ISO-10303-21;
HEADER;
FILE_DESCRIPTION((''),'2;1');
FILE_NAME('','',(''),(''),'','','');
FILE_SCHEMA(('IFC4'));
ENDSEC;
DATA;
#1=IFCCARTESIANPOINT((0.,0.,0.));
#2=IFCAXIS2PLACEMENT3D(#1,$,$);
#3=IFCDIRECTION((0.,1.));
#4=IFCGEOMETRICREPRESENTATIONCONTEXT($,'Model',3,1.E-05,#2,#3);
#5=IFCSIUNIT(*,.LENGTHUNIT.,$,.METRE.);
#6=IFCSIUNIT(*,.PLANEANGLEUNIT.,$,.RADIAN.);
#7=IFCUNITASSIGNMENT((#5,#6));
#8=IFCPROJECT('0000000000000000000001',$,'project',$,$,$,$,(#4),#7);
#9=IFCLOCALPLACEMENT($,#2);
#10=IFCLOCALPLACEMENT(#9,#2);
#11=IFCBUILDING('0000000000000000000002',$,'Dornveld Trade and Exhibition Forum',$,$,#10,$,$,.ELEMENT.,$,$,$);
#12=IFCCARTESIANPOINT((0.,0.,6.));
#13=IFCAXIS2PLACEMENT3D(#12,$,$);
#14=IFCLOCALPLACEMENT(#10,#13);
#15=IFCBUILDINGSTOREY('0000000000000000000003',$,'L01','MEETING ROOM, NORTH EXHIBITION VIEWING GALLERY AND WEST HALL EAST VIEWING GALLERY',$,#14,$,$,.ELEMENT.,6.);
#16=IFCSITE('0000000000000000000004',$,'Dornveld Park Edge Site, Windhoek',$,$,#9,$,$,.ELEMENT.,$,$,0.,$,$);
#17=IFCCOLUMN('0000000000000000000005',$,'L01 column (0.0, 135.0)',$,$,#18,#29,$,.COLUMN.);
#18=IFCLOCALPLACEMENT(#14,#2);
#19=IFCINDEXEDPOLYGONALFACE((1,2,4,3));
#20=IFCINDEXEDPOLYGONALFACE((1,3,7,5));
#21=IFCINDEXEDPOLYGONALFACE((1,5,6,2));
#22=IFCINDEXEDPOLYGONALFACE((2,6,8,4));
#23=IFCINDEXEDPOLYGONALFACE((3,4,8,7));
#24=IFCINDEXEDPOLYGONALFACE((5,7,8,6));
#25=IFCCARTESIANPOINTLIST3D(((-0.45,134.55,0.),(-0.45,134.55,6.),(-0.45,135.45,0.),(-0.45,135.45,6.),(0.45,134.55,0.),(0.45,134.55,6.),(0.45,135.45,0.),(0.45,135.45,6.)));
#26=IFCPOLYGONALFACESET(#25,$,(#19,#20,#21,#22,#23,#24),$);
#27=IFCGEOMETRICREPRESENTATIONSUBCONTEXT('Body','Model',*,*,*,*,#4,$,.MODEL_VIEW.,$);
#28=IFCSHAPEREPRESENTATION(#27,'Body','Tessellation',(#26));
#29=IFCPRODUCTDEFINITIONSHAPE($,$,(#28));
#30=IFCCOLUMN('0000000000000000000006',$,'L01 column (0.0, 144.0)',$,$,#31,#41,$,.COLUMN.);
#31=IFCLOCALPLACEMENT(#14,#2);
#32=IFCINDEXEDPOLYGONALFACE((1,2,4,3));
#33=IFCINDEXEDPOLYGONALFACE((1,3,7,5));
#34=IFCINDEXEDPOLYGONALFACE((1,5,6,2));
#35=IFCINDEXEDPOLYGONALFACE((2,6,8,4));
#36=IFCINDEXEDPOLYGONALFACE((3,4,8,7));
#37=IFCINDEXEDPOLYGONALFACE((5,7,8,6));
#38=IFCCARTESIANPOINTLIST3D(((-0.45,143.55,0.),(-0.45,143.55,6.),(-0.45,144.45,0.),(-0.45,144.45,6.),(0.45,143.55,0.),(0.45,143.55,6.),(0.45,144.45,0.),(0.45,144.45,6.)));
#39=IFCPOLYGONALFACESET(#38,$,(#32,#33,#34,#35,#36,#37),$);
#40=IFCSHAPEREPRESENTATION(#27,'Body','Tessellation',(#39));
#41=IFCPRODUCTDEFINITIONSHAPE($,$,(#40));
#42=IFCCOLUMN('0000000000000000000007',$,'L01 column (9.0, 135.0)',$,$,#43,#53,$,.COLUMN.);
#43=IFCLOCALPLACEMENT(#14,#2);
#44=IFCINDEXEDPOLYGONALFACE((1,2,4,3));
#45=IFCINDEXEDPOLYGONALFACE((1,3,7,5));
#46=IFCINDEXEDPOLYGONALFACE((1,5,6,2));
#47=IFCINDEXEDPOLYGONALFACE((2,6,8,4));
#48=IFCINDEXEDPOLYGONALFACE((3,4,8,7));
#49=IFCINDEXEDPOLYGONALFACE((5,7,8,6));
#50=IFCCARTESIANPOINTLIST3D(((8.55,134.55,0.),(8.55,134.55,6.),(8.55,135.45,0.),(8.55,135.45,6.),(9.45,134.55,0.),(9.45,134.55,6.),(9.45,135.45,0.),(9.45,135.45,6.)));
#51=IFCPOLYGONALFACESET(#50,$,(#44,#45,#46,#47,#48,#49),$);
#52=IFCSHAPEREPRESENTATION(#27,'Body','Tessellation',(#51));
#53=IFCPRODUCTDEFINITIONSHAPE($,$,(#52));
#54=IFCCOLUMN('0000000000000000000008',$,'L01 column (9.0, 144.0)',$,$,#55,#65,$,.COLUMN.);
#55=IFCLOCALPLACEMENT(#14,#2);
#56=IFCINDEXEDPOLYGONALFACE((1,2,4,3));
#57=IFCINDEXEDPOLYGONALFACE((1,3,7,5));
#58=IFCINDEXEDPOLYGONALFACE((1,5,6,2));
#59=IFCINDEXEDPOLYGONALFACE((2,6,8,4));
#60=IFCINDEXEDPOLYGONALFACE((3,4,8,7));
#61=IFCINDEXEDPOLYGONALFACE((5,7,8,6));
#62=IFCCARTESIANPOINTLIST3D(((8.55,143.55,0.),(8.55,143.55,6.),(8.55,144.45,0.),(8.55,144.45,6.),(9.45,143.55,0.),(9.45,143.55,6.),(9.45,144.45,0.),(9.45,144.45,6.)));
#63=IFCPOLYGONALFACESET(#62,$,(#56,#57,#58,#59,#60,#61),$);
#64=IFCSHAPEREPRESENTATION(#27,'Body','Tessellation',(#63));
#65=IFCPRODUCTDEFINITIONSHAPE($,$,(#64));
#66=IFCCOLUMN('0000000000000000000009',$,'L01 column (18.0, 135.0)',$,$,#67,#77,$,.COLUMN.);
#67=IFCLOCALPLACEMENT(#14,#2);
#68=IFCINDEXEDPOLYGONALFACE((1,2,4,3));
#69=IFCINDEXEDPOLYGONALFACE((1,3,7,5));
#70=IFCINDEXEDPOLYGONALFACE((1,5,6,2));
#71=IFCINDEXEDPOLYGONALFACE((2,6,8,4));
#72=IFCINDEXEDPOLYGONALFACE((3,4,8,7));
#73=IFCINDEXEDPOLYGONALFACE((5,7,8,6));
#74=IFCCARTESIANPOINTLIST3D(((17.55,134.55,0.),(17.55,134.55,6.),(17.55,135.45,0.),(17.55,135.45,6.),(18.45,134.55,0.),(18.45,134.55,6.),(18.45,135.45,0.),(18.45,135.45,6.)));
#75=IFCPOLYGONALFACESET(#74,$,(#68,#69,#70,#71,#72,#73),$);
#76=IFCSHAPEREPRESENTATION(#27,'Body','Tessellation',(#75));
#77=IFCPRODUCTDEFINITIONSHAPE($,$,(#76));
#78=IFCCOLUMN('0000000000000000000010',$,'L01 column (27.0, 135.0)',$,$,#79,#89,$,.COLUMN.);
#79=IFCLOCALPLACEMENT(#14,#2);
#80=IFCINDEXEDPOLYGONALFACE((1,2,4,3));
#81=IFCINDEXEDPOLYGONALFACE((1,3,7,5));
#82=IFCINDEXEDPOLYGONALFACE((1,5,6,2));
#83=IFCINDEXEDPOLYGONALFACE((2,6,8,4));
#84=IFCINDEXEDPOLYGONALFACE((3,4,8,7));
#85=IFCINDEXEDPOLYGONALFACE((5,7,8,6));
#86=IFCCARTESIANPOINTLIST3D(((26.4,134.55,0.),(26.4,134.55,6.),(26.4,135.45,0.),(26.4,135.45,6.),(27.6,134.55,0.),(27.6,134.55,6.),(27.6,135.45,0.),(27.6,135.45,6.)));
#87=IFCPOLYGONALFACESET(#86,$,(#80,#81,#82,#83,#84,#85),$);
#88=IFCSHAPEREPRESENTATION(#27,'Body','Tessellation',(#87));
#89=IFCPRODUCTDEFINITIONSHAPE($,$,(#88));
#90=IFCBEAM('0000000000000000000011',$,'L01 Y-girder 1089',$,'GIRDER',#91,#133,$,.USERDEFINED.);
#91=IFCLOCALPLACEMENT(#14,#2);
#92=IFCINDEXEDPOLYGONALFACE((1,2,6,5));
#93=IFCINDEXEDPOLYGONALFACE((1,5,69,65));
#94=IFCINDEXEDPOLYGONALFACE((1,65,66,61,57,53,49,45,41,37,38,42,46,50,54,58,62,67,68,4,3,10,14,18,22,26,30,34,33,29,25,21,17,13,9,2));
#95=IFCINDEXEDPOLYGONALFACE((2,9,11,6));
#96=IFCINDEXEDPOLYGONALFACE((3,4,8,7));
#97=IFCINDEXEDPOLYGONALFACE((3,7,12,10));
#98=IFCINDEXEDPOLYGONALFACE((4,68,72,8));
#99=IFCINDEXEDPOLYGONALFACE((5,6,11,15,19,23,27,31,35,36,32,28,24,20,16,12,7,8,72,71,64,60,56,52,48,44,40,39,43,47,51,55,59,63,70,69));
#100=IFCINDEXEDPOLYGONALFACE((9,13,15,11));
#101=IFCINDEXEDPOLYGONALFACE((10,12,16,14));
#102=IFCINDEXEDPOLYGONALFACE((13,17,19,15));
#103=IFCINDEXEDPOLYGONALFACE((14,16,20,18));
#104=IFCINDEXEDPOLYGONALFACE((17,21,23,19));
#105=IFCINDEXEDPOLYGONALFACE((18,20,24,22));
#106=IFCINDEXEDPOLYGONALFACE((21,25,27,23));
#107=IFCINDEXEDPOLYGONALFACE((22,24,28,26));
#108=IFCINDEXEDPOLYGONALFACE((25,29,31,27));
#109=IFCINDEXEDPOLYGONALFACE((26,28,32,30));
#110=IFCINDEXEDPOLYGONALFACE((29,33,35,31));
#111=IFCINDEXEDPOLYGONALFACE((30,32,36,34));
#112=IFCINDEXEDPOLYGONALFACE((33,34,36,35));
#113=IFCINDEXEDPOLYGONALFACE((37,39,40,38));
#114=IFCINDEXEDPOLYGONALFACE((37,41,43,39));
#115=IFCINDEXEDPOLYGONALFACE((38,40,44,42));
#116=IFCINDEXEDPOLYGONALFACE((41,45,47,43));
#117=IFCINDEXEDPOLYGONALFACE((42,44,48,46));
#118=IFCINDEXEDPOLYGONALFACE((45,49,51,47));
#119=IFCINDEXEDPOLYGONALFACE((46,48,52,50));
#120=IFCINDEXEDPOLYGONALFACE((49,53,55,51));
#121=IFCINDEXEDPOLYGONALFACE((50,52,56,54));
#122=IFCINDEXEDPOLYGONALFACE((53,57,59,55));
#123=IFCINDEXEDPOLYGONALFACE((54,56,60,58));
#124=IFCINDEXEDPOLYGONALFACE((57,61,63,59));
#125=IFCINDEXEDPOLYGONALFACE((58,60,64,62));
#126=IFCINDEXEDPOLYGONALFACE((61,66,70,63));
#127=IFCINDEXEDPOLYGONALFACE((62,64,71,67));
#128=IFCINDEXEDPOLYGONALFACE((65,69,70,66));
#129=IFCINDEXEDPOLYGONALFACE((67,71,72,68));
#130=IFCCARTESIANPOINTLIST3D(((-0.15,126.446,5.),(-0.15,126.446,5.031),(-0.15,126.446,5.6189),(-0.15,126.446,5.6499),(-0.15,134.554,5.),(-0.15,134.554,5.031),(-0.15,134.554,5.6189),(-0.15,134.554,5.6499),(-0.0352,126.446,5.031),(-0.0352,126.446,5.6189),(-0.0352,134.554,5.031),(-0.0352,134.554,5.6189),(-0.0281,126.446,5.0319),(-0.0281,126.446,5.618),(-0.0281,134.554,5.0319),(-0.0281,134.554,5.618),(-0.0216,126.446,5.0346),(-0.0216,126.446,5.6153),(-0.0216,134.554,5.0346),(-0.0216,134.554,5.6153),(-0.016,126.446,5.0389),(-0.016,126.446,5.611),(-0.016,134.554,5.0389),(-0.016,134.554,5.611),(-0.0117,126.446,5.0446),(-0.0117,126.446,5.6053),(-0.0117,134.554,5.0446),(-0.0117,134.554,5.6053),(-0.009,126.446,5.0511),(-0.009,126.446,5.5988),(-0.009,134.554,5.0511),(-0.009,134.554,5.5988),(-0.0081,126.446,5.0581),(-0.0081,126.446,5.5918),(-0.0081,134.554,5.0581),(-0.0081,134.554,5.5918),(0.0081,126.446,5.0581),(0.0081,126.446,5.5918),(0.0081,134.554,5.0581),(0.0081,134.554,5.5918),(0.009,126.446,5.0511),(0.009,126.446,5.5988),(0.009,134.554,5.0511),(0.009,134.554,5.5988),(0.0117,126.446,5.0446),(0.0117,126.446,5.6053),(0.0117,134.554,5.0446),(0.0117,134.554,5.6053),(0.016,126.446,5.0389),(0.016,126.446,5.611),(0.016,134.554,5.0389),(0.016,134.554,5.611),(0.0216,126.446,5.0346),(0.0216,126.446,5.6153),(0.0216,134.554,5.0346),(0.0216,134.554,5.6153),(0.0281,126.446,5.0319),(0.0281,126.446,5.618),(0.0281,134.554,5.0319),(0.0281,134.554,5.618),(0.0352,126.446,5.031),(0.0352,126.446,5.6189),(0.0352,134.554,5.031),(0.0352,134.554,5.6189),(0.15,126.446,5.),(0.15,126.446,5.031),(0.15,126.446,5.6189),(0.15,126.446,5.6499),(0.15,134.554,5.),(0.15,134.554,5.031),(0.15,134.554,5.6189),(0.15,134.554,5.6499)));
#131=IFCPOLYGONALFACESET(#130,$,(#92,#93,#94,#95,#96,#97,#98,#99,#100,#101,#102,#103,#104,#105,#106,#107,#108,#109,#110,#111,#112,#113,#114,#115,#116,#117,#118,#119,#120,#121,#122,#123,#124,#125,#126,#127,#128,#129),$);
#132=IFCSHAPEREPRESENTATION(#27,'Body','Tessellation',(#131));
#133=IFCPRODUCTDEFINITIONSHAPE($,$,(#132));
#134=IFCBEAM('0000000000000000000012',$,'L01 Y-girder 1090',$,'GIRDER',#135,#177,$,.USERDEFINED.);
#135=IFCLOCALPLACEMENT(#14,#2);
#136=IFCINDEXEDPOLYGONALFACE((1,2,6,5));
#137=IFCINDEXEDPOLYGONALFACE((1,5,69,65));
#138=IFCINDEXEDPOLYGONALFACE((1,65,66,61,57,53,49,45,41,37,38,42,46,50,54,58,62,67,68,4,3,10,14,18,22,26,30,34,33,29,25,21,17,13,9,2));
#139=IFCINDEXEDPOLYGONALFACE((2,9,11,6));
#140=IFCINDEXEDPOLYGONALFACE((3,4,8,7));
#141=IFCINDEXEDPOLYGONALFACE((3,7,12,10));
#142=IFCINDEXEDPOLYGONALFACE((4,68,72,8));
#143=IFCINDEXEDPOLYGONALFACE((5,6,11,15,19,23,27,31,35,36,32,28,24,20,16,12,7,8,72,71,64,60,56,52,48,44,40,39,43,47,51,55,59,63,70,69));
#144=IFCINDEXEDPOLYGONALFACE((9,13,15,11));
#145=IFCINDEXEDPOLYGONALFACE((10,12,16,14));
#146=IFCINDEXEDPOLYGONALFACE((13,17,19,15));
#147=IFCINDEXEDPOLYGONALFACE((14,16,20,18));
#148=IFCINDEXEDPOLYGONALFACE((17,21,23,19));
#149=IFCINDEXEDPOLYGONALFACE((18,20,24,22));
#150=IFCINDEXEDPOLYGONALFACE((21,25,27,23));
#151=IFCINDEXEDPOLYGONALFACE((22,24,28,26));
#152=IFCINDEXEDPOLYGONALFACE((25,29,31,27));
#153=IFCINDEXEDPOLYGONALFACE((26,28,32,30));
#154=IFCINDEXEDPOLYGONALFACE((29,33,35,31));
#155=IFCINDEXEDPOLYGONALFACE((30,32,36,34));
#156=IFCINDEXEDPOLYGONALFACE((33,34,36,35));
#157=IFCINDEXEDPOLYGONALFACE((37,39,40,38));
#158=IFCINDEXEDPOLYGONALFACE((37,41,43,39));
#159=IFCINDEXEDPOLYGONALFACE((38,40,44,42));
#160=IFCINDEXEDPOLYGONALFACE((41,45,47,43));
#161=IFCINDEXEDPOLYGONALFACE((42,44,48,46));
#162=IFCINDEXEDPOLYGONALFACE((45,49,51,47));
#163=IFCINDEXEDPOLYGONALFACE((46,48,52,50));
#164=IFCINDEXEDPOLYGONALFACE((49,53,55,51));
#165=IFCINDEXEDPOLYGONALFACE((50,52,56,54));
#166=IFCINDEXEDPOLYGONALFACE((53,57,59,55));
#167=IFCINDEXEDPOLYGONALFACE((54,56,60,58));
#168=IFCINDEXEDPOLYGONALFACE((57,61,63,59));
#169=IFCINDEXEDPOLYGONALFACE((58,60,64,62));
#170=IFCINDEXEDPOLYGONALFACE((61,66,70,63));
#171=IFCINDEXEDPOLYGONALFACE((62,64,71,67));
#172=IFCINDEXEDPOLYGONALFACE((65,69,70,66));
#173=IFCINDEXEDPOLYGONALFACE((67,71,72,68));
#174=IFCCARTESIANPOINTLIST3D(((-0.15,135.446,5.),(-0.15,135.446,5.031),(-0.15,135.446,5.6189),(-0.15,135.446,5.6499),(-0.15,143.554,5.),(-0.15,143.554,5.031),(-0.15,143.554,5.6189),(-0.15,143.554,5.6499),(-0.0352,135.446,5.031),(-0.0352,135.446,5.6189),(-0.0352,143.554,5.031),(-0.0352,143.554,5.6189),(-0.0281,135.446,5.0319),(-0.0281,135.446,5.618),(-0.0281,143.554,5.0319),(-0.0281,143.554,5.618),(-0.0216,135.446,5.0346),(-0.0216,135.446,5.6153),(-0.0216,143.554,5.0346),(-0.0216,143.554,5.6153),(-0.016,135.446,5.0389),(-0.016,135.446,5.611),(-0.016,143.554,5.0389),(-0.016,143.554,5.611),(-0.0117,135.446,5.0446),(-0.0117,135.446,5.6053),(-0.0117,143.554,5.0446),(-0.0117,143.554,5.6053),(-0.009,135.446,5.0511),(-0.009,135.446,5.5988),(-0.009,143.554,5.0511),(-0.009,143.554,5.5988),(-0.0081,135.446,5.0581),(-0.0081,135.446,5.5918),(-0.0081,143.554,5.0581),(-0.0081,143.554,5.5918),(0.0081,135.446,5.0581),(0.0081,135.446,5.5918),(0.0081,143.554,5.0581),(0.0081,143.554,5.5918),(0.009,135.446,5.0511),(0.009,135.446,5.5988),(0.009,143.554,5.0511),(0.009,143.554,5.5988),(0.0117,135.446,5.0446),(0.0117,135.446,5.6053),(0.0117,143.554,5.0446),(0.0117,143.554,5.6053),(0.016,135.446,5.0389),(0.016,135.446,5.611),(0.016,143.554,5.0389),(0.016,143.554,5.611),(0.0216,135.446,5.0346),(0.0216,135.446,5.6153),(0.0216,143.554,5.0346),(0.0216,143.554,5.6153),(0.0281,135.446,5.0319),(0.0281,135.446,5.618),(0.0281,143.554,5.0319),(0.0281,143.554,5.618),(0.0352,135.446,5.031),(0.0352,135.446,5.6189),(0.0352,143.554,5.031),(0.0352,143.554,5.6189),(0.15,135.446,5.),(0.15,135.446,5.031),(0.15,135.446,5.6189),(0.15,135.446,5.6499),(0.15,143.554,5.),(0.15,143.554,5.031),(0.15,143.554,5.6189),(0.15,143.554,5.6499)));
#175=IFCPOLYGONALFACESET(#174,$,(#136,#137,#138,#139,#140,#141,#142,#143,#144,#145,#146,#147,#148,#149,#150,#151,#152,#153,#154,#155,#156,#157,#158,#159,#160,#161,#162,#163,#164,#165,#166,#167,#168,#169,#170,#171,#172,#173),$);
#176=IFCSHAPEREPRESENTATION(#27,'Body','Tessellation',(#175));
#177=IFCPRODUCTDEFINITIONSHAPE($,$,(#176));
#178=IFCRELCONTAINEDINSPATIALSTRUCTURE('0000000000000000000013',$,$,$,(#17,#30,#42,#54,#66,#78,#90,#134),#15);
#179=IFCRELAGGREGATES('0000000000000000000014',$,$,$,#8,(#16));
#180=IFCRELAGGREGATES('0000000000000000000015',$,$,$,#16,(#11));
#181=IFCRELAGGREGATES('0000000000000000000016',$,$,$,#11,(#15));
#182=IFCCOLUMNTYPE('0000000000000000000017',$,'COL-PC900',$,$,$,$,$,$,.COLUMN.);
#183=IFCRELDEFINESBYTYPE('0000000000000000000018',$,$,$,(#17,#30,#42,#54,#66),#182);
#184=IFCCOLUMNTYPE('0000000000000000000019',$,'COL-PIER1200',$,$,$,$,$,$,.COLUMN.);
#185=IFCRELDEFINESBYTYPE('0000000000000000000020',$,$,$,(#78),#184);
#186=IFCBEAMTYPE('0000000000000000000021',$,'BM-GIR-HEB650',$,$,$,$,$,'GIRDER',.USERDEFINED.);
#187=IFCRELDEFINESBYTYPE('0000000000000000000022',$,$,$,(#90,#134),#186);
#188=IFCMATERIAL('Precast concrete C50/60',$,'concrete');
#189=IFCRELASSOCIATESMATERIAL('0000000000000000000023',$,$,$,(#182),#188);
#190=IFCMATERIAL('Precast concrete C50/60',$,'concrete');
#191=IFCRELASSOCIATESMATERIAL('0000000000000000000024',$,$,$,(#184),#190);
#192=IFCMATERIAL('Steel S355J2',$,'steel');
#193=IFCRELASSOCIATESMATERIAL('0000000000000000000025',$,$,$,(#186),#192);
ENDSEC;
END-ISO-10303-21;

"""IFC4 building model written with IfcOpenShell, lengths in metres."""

from ifc_helpers import new_model, si_unit, direction, frame, origin, origin_2d, place, context, subcontext, project, spatial, rectangle, i_section, extrude, material, material_profile, profile_set, type_object, element, save


model = new_model("IFC4")

# Units and contexts
model_context = context("Model", 3, precision=1e-05, world=origin(), true_north=direction((0.0, 1.0)))
body_context = subcontext(model_context, "Body", "Model", "MODEL_VIEW")
ifc_project = project(units=[si_unit("LENGTHUNIT", "METRE"), si_unit("PLANEANGLEUNIT", "RADIAN")], contexts=[model_context])

# Site, building, storey
site_placement = place(None, origin())
site = spatial("IfcSite", under=ifc_project, at=site_placement, Name="Dornveld Park Edge Site, Windhoek", CompositionType="ELEMENT", RefElevation=0.0)
building_placement = place(site_placement, origin())
building = spatial("IfcBuilding", under=site, at=building_placement, Name="Dornveld Trade and Exhibition Forum", CompositionType="ELEMENT")
storey_placement = place(building_placement, frame((0.0, 0.0, 6.0)))
storey = spatial("IfcBuildingStorey", under=building, at=storey_placement, Name="L01", Description="MEETING ROOM, NORTH EXHIBITION VIEWING GALLERY AND WEST HALL EAST VIEWING GALLERY", CompositionType="ELEMENT", Elevation=6.0)

# Columns
ifc_material_1 = material(Name="Precast concrete C50/60", Category="concrete")
ifc_material_profile_1 = material_profile(ifc_material_1, rectangle(XDim=0.8999, YDim=0.8999, at=origin_2d()), Name="PC-COL 900x900")
ifc_profile_set_1 = profile_set([ifc_material_profile_1], Name="Precast concrete C50/60")
column_type_1 = type_object("IfcColumnType", Name="COL-PC900", PredefinedType="COLUMN", material=ifc_profile_set_1)
for number, where, z_axis, x_axis, name in (
    (1, (0.0, 135.0, 0.0), (0.0, 0.0, 1.0), (1.0, 0.0, 0.0), "L01 column (0.0, 135.0)"),
    (2, (0.0, 144.0, 0.0), (0.0, 0.0, 1.0), (1.0, 0.0, 0.0), "L01 column (0.0, 144.0)"),
    (3, (9.0, 135.0, 0.0), (0.0, 0.0, 1.0), (1.0, 0.0, 0.0), "L01 column (9.0, 135.0)"),
    (4, (9.0, 144.0, 0.0), (0.0, 0.0, 1.0), (1.0, 0.0, 0.0), "L01 column (9.0, 144.0)"),
    (5, (18.0, 135.0, 0.0), (0.0, 0.0, 1.0), (1.0, 0.0, 0.0), "L01 column (18.0, 135.0)"),
):
    element("IfcColumn", number, at=place(storey_placement, frame(where, z_axis=z_axis, x_axis=x_axis)), inside=storey, type_object=column_type_1, Name=name, PredefinedType="COLUMN", context=body_context, shape_type="SweptSolid", body=[
        extrude(rectangle(XDim=0.8999, YDim=0.8999, at=origin_2d()), origin(), (0.0, 0.0, 1.0), 6.0),
    ])
ifc_material_2 = material(Name="Precast concrete C50/60", Category="concrete")
ifc_material_profile_2 = material_profile(ifc_material_2, rectangle(XDim=1.2, YDim=0.8999, at=origin_2d()), Name="PC-PIER 1200x900")
ifc_profile_set_2 = profile_set([ifc_material_profile_2], Name="Precast concrete C50/60")
column_type_2 = type_object("IfcColumnType", Name="COL-PIER1200", PredefinedType="COLUMN", material=ifc_profile_set_2)
column_placement = place(storey_placement, frame((27.0, 135.0, 0.0), z_axis=(0.0, 0.0, 1.0), x_axis=(1.0, 0.0, 0.0)))
element("IfcColumn", 6, at=column_placement, inside=storey, type_object=column_type_2, Name="L01 column (27.0, 135.0)", PredefinedType="COLUMN", context=body_context, shape_type="SweptSolid", body=[
    extrude(rectangle(XDim=1.2, YDim=0.8999, at=origin_2d()), origin(), (0.0, 0.0, 1.0), 6.0),
])

# Beams
ifc_material_3 = material(Name="Steel S355J2", Category="steel")
ifc_material_profile_3 = material_profile(ifc_material_3, i_section(OverallWidth=0.3, OverallDepth=0.6499, WebThickness=0.0161, FlangeThickness=0.031, FilletRadius=0.0271, at=origin_2d()), Name="HEB 650")
ifc_profile_set_3 = profile_set([ifc_material_profile_3], Name="Steel S355J2")
beam_type_1 = type_object("IfcBeamType", Name="BM-GIR-HEB650", ElementType="GIRDER", PredefinedType="USERDEFINED", material=ifc_profile_set_3)
for number, where, z_axis, x_axis, name in (
    (7, (0.0, 126.446, 5.325), (0.0, 1.0, 0.0), (-1.0, 0.0, 0.0), "L01 Y-girder 1089"),
    (8, (0.0, 135.446, 5.325), (0.0, 1.0, 0.0), (-1.0, 0.0, 0.0), "L01 Y-girder 1090"),
):
    element("IfcBeam", number, at=place(storey_placement, frame(where, z_axis=z_axis, x_axis=x_axis)), inside=storey, type_object=beam_type_1, Name=name, ObjectType="GIRDER", PredefinedType="USERDEFINED", context=body_context, shape_type="SweptSolid", body=[
        extrude(i_section(OverallWidth=0.3, OverallDepth=0.6499, WebThickness=0.0161, FlangeThickness=0.031, FilletRadius=0.0271, at=origin_2d()), origin(), (0.0, 0.0, 1.0), 8.1079),
    ])

save(model, "model.ifc")
